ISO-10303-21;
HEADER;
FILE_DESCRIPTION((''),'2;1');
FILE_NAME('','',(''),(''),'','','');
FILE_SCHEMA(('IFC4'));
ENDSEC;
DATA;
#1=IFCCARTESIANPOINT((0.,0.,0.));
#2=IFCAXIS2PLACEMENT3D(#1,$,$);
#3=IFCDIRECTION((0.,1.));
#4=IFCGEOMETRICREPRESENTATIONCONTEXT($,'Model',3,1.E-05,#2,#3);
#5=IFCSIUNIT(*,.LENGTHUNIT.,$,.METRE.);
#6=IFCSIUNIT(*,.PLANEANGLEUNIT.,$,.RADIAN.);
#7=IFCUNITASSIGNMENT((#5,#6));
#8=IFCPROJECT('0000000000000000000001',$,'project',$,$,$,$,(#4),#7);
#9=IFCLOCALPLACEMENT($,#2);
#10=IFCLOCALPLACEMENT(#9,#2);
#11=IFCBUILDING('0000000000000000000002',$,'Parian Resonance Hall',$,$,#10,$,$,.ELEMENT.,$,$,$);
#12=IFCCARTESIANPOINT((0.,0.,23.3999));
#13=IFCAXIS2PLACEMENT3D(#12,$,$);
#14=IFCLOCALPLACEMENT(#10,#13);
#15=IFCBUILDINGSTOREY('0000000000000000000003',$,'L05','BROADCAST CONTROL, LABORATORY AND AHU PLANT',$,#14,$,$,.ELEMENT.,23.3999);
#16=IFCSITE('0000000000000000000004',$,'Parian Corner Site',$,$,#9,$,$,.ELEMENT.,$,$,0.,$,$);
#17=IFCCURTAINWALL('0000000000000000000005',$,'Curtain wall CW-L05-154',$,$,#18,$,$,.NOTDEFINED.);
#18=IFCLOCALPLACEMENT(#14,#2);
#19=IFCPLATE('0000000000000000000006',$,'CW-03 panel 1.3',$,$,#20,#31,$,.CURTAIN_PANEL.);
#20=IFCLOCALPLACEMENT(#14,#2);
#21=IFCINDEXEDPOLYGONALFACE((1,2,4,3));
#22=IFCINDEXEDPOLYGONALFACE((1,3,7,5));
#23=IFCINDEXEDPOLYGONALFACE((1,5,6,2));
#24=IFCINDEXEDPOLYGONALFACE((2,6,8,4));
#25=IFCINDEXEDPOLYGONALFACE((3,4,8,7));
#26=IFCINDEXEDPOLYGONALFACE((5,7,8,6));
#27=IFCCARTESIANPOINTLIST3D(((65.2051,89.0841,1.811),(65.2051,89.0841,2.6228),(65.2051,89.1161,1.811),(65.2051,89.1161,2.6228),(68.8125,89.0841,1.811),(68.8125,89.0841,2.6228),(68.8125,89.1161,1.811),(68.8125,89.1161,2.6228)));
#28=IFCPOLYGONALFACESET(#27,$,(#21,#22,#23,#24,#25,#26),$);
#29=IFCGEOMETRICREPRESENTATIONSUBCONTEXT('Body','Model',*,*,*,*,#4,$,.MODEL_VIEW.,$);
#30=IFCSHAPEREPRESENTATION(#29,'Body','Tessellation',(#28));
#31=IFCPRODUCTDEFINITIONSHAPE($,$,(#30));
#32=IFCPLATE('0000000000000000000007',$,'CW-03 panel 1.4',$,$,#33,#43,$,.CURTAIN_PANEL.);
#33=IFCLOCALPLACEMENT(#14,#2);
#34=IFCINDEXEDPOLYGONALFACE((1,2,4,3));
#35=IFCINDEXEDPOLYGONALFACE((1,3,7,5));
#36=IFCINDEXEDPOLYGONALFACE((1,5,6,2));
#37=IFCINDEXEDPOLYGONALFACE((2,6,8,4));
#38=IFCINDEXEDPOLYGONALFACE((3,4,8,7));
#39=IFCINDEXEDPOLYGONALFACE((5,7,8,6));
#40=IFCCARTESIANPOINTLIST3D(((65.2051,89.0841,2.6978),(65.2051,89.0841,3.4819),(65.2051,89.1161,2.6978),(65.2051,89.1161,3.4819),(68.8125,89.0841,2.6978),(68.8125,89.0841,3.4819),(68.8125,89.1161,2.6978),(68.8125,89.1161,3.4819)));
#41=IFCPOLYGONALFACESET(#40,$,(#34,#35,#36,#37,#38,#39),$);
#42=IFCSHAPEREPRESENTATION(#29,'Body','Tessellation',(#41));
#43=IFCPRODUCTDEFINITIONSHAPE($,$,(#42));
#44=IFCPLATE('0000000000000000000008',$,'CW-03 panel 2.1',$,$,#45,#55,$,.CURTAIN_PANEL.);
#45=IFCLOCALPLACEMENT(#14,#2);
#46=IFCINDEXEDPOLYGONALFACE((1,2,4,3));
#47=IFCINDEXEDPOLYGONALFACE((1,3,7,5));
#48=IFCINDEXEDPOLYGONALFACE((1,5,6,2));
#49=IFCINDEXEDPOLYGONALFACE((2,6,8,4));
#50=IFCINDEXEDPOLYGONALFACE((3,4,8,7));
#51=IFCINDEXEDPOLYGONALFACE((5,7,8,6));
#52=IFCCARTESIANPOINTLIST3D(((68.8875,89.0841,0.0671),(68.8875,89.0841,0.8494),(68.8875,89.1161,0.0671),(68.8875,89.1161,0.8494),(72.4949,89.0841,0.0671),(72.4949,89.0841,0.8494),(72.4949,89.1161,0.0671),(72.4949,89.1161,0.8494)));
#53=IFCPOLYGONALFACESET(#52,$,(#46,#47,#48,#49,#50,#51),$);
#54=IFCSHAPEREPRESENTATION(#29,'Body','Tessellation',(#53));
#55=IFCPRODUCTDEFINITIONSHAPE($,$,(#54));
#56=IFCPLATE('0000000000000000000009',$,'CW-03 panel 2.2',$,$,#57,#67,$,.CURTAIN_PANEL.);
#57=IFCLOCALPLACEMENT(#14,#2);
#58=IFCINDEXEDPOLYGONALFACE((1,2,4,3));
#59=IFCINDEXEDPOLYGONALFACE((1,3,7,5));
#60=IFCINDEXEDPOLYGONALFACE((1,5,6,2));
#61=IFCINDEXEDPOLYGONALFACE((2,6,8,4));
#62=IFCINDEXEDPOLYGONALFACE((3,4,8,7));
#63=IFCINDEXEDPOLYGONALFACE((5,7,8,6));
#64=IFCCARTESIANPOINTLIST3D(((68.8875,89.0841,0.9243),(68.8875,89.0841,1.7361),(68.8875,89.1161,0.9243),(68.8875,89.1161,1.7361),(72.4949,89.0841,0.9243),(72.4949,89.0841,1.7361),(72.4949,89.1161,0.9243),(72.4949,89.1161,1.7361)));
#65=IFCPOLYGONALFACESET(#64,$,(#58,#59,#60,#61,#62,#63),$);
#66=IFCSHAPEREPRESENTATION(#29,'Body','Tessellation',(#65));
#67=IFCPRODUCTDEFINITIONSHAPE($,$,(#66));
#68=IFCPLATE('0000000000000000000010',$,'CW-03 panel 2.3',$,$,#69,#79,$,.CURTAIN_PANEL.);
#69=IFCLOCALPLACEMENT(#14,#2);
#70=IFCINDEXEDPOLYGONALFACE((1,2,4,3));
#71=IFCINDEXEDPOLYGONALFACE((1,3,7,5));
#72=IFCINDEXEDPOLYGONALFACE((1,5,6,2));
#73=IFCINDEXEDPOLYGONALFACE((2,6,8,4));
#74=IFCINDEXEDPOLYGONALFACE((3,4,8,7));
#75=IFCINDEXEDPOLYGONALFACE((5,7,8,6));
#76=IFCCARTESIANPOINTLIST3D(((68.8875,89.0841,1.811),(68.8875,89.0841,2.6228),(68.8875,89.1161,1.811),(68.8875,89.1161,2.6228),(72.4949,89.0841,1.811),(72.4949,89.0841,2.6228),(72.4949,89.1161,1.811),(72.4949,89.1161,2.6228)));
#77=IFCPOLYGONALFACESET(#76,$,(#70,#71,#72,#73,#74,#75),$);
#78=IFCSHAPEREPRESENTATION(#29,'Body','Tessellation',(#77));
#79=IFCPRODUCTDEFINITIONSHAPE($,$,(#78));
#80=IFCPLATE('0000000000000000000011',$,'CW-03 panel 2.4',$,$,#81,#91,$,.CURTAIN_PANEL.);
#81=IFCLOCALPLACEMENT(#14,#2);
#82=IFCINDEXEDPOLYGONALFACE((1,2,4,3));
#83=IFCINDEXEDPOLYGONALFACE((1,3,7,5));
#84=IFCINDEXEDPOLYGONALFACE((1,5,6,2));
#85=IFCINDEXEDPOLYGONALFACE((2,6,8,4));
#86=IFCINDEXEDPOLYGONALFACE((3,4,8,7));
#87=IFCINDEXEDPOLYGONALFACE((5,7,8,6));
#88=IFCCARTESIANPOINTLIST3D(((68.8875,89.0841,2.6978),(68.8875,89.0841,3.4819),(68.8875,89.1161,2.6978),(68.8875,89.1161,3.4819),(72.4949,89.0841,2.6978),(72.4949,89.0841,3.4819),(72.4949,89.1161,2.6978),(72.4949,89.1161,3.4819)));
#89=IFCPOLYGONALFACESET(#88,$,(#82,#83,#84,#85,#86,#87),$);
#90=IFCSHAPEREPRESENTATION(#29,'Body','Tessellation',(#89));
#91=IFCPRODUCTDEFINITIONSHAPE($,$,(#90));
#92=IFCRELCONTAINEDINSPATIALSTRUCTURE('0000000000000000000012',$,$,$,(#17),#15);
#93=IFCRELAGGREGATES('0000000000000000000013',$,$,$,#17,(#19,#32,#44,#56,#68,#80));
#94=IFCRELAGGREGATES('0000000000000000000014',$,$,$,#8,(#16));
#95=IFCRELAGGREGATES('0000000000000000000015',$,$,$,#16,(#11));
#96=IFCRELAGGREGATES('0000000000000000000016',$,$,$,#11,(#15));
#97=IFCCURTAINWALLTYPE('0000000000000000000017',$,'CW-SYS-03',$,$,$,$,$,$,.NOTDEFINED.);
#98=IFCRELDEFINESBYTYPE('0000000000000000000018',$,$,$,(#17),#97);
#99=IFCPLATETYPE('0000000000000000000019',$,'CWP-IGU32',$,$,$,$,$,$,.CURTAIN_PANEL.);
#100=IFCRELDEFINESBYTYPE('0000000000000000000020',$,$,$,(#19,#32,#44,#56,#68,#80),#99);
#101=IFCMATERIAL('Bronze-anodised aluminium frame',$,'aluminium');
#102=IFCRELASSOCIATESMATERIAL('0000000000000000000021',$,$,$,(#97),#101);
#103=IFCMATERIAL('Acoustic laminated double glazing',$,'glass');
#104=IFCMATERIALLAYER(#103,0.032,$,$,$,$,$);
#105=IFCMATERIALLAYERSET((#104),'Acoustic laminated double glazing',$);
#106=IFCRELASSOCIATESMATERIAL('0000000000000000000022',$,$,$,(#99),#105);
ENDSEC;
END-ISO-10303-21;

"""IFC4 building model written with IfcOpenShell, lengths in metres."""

from ifc_helpers import new_model, si_unit, direction, frame, origin, origin_2d, place, context, subcontext, project, spatial, rectangle, extrude, material, layer, layer_set, type_object, element, aggregate, save


model = new_model("IFC4")

# Units and contexts
model_context = context("Model", 3, precision=1e-05, world=origin(), true_north=direction((0.0, 1.0)))
body_context = subcontext(model_context, "Body", "Model", "MODEL_VIEW")
ifc_project = project(units=[si_unit("LENGTHUNIT", "METRE"), si_unit("PLANEANGLEUNIT", "RADIAN")], contexts=[model_context])

# Site, building, storey
site_placement = place(None, origin())
site = spatial("IfcSite", under=ifc_project, at=site_placement, Name="Parian Corner Site", CompositionType="ELEMENT", RefElevation=0.0)
building_placement = place(site_placement, origin())
building = spatial("IfcBuilding", under=site, at=building_placement, Name="Parian Resonance Hall", CompositionType="ELEMENT")
storey_placement = place(building_placement, frame((0.0, 0.0, 23.3999)))
storey = spatial("IfcBuildingStorey", under=building, at=storey_placement, Name="L05", Description="BROADCAST CONTROL, LABORATORY AND AHU PLANT", CompositionType="ELEMENT", Elevation=23.3999)

# Curtain wall
ifc_material_1 = material(Name="Bronze-anodised aluminium frame", Category="aluminium")
curtain_wall_type_1 = type_object("IfcCurtainWallType", Name="CW-SYS-03", PredefinedType="NOTDEFINED", material=ifc_material_1)
curtain_wall_1_placement = place(storey_placement, origin())
curtain_wall_1 = element("IfcCurtainWall", 1, at=curtain_wall_1_placement, inside=storey, type_object=curtain_wall_type_1, Name="Curtain wall CW-L05-154", PredefinedType="NOTDEFINED")

# Plates
ifc_material_2 = material(Name="Acoustic laminated double glazing", Category="glass")
ifc_layer_1 = layer(ifc_material_2, 0.032)
ifc_layer_set_1 = layer_set([ifc_layer_1], Name="Acoustic laminated double glazing")
plate_type_1 = type_object("IfcPlateType", Name="CWP-IGU32", PredefinedType="CURTAIN_PANEL", material=ifc_layer_set_1)
plate_1_placement = place(storey_placement, frame((67.0088, 89.1001, 1.811), z_axis=(0.0, 0.0, 1.0), x_axis=(1.0, 0.0, 0.0)))
plate_1 = element("IfcPlate", 2, at=plate_1_placement, type_object=plate_type_1, Name="CW-03 panel 1.3", PredefinedType="CURTAIN_PANEL", context=body_context, shape_type="SweptSolid", body=[
    extrude(rectangle(XDim=3.6074, YDim=0.032, at=origin_2d()), origin(), (0.0, 0.0, 1.0), 0.8118),
])
plate_2_placement = place(storey_placement, frame((67.0088, 89.1001, 2.6978), z_axis=(0.0, 0.0, 1.0), x_axis=(1.0, 0.0, 0.0)))
plate_2 = element("IfcPlate", 3, at=plate_2_placement, type_object=plate_type_1, Name="CW-03 panel 1.4", PredefinedType="CURTAIN_PANEL", context=body_context, shape_type="SweptSolid", body=[
    extrude(rectangle(XDim=3.6074, YDim=0.032, at=origin_2d()), origin(), (0.0, 0.0, 1.0), 0.7842),
])
plate_3_placement = place(storey_placement, frame((70.6912, 89.1001, 0.0671), z_axis=(0.0, 0.0, 1.0), x_axis=(1.0, 0.0, 0.0)))
plate_3 = element("IfcPlate", 4, at=plate_3_placement, type_object=plate_type_1, Name="CW-03 panel 2.1", PredefinedType="CURTAIN_PANEL", context=body_context, shape_type="SweptSolid", body=[
    extrude(rectangle(XDim=3.6074, YDim=0.032, at=origin_2d()), origin(), (0.0, 0.0, 1.0), 0.7822),
])
plate_4_placement = place(storey_placement, frame((70.6912, 89.1001, 0.9243), z_axis=(0.0, 0.0, 1.0), x_axis=(1.0, 0.0, 0.0)))
plate_4 = element("IfcPlate", 5, at=plate_4_placement, type_object=plate_type_1, Name="CW-03 panel 2.2", PredefinedType="CURTAIN_PANEL", context=body_context, shape_type="SweptSolid", body=[
    extrude(rectangle(XDim=3.6074, YDim=0.032, at=origin_2d()), origin(), (0.0, 0.0, 1.0), 0.8118),
])
plate_5_placement = place(storey_placement, frame((70.6912, 89.1001, 1.811), z_axis=(0.0, 0.0, 1.0), x_axis=(1.0, 0.0, 0.0)))
plate_5 = element("IfcPlate", 6, at=plate_5_placement, type_object=plate_type_1, Name="CW-03 panel 2.3", PredefinedType="CURTAIN_PANEL", context=body_context, shape_type="SweptSolid", body=[
    extrude(rectangle(XDim=3.6074, YDim=0.032, at=origin_2d()), origin(), (0.0, 0.0, 1.0), 0.8118),
])
plate_6_placement = place(storey_placement, frame((70.6912, 89.1001, 2.6978), z_axis=(0.0, 0.0, 1.0), x_axis=(1.0, 0.0, 0.0)))
plate_6 = element("IfcPlate", 7, at=plate_6_placement, type_object=plate_type_1, Name="CW-03 panel 2.4", PredefinedType="CURTAIN_PANEL", context=body_context, shape_type="SweptSolid", body=[
    extrude(rectangle(XDim=3.6074, YDim=0.032, at=origin_2d()), origin(), (0.0, 0.0, 1.0), 0.7842),
])
aggregate(curtain_wall_1, [plate_1, plate_2, plate_3, plate_4, plate_5, plate_6])

save(model, "model.ifc")
